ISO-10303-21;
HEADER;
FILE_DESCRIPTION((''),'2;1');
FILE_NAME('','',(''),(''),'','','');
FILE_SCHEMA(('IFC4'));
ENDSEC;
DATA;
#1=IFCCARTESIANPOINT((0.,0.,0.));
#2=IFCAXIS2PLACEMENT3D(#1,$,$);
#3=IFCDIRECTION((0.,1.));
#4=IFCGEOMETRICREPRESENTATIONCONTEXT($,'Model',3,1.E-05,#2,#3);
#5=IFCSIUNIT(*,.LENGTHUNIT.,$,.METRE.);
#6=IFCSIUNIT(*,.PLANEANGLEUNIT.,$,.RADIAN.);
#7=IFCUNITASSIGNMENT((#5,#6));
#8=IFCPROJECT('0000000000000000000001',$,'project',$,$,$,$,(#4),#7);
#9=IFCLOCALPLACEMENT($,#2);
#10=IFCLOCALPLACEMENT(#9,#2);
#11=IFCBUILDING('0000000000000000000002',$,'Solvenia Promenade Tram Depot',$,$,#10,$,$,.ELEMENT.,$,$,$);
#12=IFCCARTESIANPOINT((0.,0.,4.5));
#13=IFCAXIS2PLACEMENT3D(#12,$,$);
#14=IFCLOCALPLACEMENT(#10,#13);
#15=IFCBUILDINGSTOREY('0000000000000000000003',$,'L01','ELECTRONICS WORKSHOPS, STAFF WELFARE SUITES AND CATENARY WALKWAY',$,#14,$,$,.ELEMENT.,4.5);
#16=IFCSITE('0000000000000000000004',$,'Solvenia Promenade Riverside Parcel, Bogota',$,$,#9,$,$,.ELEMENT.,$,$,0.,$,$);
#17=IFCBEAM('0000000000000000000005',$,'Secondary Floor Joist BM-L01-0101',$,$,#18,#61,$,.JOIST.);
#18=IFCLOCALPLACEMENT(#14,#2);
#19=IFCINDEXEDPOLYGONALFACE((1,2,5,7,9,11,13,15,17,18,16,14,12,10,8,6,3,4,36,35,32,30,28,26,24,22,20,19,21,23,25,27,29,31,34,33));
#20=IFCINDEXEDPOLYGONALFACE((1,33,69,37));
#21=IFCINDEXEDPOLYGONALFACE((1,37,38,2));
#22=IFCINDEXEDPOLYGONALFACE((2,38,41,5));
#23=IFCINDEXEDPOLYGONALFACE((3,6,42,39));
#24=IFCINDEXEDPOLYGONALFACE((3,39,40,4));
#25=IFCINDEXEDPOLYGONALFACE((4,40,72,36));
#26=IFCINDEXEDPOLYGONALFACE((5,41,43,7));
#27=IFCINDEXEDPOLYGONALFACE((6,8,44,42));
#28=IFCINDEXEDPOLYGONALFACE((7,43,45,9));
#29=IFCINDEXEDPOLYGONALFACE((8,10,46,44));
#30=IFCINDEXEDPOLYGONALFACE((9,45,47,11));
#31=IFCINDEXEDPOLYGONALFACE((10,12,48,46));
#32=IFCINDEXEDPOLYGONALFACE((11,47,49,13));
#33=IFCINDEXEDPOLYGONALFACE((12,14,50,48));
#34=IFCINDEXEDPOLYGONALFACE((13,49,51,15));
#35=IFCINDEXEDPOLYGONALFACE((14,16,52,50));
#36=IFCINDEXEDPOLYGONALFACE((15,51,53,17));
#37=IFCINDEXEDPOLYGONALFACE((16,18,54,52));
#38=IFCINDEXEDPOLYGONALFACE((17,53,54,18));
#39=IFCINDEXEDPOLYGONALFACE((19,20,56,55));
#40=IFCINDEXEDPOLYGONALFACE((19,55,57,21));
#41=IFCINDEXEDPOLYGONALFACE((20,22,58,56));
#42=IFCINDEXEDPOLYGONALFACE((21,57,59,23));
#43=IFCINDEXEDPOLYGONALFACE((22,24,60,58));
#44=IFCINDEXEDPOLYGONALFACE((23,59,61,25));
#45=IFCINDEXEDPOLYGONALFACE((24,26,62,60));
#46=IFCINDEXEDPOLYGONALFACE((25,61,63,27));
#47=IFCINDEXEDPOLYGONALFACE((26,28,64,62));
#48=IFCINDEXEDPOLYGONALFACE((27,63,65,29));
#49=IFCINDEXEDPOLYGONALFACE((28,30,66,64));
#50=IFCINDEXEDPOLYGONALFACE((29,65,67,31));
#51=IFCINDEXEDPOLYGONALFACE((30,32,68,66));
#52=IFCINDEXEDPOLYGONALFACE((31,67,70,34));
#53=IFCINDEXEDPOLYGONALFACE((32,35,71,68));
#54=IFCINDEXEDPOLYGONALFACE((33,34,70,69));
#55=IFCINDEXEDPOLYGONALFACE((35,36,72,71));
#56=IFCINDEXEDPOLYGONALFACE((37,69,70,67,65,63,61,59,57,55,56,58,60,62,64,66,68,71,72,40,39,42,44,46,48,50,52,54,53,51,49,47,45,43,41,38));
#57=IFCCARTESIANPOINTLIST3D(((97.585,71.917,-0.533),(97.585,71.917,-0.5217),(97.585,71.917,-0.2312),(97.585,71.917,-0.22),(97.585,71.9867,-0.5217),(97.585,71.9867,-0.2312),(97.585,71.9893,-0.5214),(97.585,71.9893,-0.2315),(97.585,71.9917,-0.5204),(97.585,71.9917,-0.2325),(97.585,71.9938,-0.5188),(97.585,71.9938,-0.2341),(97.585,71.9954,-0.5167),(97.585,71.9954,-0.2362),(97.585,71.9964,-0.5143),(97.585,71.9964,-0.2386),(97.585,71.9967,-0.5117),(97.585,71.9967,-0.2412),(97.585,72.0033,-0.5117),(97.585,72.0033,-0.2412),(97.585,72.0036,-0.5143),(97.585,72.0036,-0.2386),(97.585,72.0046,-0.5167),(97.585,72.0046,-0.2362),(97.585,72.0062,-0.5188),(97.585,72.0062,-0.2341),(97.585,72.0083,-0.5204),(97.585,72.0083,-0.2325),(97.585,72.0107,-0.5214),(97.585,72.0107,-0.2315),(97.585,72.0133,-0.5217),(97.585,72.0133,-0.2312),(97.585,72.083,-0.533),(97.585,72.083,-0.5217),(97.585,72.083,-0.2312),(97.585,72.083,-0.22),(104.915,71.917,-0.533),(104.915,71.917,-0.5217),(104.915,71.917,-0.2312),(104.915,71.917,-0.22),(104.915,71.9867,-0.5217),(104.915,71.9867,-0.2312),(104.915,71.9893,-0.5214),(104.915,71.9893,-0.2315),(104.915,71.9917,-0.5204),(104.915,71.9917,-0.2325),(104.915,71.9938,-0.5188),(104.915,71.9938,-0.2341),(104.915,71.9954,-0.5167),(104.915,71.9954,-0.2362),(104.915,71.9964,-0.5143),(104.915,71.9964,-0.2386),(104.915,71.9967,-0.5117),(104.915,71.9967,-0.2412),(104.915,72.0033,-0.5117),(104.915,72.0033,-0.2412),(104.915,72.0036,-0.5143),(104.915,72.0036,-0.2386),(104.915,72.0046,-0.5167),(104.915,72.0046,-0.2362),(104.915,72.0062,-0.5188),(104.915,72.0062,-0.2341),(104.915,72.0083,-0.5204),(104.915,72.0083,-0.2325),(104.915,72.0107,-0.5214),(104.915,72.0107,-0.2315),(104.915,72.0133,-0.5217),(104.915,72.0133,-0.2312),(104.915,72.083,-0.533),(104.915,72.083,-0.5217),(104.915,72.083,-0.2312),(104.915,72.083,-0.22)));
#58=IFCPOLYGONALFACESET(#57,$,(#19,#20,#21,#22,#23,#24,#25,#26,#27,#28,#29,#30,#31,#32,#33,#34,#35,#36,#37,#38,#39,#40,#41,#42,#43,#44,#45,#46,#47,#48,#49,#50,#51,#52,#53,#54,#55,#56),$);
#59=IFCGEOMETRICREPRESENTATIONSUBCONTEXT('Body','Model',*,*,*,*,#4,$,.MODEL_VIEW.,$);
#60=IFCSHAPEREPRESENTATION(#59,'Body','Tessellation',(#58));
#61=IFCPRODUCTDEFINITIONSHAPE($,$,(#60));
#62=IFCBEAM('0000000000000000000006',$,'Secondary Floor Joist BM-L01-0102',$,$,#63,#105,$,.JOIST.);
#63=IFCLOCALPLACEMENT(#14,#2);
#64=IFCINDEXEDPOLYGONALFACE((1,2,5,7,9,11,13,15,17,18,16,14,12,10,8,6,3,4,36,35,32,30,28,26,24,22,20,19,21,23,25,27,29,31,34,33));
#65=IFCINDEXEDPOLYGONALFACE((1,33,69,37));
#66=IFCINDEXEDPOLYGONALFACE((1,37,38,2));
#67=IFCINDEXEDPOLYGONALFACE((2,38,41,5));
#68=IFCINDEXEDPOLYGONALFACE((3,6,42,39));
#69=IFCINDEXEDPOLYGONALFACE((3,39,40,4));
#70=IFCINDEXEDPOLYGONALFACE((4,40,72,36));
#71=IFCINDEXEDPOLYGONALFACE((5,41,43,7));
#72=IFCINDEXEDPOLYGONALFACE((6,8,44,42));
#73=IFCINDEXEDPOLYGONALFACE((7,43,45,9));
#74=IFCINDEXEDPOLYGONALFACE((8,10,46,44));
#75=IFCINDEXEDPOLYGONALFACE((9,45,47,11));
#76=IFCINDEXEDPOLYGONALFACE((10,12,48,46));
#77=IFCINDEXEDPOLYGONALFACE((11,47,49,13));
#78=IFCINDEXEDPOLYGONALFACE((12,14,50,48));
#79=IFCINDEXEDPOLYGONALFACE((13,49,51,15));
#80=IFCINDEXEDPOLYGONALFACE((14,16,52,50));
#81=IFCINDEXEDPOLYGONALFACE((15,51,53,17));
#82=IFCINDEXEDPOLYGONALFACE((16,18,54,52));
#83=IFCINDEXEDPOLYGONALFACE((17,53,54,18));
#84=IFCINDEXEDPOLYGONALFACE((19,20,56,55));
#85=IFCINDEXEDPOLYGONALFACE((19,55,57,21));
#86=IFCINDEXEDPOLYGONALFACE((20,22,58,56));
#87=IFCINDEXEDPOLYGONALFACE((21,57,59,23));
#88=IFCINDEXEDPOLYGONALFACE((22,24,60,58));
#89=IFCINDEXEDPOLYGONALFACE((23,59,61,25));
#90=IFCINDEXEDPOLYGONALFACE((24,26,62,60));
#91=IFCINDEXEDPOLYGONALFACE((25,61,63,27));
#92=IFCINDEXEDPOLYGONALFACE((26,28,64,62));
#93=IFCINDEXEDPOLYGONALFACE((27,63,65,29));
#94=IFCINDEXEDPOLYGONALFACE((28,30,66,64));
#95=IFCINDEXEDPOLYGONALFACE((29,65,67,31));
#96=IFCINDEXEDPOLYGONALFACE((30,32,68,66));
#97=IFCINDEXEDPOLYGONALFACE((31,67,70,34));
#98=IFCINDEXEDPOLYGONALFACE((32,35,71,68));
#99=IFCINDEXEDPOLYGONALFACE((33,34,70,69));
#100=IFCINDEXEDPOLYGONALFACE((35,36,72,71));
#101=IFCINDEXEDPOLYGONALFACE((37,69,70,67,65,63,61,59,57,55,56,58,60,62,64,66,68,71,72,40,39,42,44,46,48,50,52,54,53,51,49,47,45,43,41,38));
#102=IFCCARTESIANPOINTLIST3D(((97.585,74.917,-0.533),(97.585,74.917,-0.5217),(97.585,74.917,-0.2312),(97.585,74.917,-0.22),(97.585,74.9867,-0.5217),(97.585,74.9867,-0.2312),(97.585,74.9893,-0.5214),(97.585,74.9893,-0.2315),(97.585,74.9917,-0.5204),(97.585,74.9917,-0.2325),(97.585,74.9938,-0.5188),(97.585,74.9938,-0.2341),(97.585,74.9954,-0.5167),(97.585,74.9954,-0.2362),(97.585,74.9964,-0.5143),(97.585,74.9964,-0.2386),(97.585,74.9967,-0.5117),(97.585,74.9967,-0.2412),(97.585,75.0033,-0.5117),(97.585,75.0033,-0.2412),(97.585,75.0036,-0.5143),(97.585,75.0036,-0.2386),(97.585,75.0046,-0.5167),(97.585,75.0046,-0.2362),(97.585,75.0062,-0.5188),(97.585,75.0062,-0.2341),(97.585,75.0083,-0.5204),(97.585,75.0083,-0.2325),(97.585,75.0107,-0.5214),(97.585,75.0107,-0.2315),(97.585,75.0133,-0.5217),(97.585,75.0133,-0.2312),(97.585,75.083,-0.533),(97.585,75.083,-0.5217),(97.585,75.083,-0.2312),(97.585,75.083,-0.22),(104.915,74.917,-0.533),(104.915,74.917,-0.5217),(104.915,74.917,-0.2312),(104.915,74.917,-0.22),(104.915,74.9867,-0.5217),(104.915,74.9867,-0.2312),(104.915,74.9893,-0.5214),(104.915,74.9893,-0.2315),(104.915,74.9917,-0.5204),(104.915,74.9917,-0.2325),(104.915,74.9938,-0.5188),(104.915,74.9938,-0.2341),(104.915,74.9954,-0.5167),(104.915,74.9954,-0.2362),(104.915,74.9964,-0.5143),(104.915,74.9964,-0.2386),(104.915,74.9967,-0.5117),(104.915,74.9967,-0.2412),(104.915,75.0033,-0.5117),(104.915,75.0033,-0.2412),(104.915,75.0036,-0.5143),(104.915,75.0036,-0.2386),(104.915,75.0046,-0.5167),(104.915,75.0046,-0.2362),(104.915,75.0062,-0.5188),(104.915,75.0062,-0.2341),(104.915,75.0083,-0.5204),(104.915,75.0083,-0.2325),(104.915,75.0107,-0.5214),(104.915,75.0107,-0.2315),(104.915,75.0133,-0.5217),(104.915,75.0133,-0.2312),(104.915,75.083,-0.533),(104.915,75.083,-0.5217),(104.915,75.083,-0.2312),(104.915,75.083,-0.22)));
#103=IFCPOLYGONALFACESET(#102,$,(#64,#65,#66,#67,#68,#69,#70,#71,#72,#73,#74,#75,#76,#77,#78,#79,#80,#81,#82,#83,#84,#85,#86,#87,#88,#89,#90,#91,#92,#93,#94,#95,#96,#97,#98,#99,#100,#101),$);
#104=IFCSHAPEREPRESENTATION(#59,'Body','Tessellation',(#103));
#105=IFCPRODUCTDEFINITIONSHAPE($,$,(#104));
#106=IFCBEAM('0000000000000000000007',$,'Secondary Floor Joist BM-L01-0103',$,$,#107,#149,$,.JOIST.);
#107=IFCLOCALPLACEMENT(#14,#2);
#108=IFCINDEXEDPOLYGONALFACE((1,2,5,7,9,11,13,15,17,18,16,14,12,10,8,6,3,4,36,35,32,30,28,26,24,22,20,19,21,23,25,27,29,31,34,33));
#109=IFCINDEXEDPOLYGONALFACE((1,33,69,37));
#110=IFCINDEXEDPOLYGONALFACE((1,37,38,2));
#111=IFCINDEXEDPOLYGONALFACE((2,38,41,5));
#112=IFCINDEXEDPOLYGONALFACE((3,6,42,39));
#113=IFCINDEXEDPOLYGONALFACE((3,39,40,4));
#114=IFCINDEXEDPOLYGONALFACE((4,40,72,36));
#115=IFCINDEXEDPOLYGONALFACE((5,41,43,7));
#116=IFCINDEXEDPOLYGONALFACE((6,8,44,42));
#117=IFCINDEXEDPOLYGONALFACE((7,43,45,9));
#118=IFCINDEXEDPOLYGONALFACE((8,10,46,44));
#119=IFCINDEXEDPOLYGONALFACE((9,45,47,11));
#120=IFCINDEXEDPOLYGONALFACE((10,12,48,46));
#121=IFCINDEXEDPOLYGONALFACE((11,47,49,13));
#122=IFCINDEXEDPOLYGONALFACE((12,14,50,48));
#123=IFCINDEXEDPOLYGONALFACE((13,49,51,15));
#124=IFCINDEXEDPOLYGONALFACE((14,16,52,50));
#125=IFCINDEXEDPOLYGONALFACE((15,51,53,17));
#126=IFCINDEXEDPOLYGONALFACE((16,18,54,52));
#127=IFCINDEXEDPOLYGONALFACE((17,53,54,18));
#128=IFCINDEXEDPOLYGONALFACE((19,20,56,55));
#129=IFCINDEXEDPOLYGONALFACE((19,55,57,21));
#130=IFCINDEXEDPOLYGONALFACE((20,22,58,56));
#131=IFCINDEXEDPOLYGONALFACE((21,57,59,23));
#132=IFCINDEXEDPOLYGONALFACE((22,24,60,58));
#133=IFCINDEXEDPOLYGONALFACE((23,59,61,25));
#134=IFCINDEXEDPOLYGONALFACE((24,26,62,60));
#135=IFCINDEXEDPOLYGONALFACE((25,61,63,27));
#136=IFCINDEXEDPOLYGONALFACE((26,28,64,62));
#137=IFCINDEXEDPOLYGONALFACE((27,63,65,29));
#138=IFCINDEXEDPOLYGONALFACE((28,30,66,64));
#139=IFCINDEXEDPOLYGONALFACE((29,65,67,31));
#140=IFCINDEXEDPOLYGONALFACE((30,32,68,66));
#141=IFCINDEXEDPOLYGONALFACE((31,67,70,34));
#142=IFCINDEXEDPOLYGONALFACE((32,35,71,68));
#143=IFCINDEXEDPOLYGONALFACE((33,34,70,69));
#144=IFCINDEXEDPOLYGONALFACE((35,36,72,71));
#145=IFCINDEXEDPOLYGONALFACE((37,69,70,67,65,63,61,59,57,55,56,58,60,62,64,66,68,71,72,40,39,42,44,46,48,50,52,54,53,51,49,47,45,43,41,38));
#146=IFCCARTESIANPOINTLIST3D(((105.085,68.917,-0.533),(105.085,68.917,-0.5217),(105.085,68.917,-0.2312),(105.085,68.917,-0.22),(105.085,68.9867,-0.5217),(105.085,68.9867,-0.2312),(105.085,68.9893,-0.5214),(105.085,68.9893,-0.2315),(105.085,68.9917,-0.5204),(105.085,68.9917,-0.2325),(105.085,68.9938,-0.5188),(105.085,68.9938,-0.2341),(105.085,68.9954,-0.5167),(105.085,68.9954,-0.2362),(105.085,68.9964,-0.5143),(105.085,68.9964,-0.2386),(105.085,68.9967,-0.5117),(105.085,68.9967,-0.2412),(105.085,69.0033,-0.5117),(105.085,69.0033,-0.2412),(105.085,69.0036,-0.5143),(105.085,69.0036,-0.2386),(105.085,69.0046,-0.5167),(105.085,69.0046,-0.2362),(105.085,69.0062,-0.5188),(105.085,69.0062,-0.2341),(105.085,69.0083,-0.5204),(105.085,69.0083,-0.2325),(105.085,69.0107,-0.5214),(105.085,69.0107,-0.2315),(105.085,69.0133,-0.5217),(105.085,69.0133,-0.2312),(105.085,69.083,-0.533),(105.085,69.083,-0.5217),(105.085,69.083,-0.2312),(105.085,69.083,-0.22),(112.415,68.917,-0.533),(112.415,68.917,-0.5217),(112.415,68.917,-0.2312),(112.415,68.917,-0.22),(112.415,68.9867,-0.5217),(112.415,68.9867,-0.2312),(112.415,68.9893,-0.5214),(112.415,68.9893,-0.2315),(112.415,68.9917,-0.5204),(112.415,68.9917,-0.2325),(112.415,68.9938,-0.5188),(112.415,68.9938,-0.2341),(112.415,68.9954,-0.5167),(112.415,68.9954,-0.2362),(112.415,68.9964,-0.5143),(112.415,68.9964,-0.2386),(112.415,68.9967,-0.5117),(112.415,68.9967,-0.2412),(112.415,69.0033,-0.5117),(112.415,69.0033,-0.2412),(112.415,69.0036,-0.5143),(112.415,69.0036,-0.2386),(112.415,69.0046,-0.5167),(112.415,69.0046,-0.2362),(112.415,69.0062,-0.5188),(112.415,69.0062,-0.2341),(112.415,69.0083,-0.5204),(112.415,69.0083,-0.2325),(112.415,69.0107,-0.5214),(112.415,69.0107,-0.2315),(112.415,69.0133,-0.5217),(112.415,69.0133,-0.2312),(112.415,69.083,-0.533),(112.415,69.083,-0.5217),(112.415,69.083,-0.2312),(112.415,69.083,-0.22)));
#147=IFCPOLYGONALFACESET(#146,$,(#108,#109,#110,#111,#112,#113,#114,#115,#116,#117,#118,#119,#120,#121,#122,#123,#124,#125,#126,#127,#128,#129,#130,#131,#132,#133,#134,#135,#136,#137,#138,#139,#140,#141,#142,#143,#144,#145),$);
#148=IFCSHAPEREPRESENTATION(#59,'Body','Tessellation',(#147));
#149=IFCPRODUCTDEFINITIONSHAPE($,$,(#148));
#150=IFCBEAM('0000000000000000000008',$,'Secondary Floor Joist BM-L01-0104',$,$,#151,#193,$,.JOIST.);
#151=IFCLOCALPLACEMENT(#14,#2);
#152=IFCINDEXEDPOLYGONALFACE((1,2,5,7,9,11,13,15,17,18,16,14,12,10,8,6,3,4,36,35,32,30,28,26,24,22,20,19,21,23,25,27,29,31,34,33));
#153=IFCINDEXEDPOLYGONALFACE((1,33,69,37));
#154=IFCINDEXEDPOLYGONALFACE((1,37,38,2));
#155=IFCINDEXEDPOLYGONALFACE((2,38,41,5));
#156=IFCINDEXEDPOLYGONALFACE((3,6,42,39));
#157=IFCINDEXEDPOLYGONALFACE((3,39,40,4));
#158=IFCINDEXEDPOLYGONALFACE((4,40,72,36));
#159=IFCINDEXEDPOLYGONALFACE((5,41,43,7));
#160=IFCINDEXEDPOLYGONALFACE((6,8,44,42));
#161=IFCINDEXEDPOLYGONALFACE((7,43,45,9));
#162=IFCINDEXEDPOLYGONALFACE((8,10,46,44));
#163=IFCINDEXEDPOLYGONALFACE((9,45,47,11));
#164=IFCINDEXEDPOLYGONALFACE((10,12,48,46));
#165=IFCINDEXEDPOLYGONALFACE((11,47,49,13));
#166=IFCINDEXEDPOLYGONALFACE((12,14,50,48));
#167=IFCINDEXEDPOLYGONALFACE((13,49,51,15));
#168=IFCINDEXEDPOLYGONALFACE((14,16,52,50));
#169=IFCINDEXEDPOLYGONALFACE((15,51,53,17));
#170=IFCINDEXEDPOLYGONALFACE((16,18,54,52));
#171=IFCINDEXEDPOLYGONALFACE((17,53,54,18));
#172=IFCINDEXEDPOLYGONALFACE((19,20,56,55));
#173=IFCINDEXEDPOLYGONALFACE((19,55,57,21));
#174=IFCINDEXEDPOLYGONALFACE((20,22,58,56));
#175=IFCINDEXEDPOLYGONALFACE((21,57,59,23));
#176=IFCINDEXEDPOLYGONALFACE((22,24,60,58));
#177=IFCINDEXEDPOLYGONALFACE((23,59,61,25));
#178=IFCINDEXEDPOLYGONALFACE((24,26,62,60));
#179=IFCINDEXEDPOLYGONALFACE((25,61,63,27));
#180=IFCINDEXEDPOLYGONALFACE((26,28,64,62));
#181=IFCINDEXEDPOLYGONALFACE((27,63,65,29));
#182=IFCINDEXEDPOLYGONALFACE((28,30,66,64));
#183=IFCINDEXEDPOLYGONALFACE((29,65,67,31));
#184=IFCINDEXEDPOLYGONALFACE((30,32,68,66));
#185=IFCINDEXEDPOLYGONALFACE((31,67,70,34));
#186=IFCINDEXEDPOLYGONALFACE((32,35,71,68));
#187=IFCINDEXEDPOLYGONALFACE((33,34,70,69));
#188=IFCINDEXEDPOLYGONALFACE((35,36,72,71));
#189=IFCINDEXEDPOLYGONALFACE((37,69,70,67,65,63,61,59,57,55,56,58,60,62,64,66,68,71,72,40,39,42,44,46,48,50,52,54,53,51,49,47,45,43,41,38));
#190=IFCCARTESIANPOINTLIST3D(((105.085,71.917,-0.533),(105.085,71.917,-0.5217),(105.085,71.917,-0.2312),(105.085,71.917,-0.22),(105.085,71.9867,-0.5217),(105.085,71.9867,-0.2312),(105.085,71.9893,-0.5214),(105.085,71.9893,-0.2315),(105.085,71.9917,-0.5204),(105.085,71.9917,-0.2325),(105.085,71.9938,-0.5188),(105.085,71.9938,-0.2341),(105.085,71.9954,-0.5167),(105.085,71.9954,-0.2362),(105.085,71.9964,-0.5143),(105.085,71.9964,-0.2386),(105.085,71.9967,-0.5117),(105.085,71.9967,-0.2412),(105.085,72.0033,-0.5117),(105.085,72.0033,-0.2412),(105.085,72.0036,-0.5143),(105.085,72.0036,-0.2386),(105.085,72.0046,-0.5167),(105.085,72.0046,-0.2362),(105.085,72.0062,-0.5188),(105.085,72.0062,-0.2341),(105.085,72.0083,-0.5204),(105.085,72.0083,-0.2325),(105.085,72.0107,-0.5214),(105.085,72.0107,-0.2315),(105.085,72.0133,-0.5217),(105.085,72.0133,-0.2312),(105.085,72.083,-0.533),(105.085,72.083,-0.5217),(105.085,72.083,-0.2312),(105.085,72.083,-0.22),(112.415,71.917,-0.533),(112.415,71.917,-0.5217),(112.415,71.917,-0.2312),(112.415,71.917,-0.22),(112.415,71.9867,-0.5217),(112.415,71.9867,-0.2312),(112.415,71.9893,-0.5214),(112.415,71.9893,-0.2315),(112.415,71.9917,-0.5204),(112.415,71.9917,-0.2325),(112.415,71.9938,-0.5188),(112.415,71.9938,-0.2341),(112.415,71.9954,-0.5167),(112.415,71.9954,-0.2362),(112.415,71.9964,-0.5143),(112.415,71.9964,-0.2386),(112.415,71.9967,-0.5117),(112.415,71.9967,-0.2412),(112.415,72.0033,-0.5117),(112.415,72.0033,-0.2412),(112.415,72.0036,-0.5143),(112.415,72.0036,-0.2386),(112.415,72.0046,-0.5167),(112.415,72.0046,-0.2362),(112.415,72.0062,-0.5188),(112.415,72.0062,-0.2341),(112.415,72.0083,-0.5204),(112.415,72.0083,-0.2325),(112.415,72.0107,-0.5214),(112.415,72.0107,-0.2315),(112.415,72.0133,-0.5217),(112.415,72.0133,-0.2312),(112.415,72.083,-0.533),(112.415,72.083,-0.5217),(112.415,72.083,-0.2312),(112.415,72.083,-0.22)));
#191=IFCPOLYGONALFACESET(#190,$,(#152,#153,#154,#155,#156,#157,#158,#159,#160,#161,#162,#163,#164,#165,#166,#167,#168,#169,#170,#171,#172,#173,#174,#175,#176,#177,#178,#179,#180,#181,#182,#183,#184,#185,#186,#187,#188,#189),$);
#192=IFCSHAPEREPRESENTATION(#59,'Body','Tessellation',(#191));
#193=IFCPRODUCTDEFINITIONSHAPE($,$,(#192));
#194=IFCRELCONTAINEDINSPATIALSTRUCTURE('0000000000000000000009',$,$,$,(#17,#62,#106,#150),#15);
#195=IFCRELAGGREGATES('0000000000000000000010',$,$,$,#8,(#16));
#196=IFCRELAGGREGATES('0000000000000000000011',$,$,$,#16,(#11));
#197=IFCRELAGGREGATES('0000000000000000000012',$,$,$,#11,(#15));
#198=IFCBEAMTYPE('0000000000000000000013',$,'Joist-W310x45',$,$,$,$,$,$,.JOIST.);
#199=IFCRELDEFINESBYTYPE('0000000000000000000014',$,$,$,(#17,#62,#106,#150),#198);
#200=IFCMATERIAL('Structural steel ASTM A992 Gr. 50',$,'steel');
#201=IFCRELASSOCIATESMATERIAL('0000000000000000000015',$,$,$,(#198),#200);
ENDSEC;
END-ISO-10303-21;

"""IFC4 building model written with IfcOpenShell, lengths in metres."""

from ifc_helpers import new_model, si_unit, direction, frame, origin, origin_2d, place, context, subcontext, project, spatial, i_section, extrude, material, material_profile, profile_set, type_object, element, save


model = new_model("IFC4")

# Units and contexts
model_context = context("Model", 3, precision=1e-05, world=origin(), true_north=direction((0.0, 1.0)))
body_context = subcontext(model_context, "Body", "Model", "MODEL_VIEW")
ifc_project = project(units=[si_unit("LENGTHUNIT", "METRE"), si_unit("PLANEANGLEUNIT", "RADIAN")], contexts=[model_context])

# Site, building, storey
site_placement = place(None, origin())
site = spatial("IfcSite", under=ifc_project, at=site_placement, Name="Solvenia Promenade Riverside Parcel, Bogota", CompositionType="ELEMENT", RefElevation=0.0)
building_placement = place(site_placement, origin())
building = spatial("IfcBuilding", under=site, at=building_placement, Name="Solvenia Promenade Tram Depot", CompositionType="ELEMENT")
storey_placement = place(building_placement, frame((0.0, 0.0, 4.5)))
storey = spatial("IfcBuildingStorey", under=building, at=storey_placement, Name="L01", Description="ELECTRONICS WORKSHOPS, STAFF WELFARE SUITES AND CATENARY WALKWAY", CompositionType="ELEMENT", Elevation=4.5)

# Shared definitions
ifc_material_1 = material(Name="Structural steel ASTM A992 Gr. 50", Category="steel")

# Beams
ifc_material_profile_1 = material_profile(ifc_material_1, i_section(OverallWidth=0.166, OverallDepth=0.313, WebThickness=0.0066, FlangeThickness=0.0112, FilletRadius=0.01, at=origin_2d()), Name="W310x45", Category="steel")
ifc_profile_set_1 = profile_set([ifc_material_profile_1], Name="Structural steel ASTM A992 Gr. 50")
beam_type_1 = type_object("IfcBeamType", Name="Joist-W310x45", PredefinedType="JOIST", material=ifc_profile_set_1)
for number, where, z_axis, x_axis, name in (
    (1, (97.585, 72.0, -0.3765), (1.0, 0.0, 0.0), (0.0, 1.0, 0.0), "Secondary Floor Joist BM-L01-0101"),
    (2, (97.585, 75.0, -0.3765), (1.0, 0.0, 0.0), (0.0, 1.0, 0.0), "Secondary Floor Joist BM-L01-0102"),
    (3, (105.085, 69.0, -0.3765), (1.0, 0.0, 0.0), (0.0, 1.0, 0.0), "Secondary Floor Joist BM-L01-0103"),
    (4, (105.085, 72.0, -0.3765), (1.0, 0.0, 0.0), (0.0, 1.0, 0.0), "Secondary Floor Joist BM-L01-0104"),
):
    element("IfcBeam", number, at=place(storey_placement, frame(where, z_axis=z_axis, x_axis=x_axis)), inside=storey, type_object=beam_type_1, Name=name, PredefinedType="JOIST", context=body_context, shape_type="SweptSolid", body=[
        extrude(i_section(OverallWidth=0.166, OverallDepth=0.313, WebThickness=0.0066, FlangeThickness=0.0112, FilletRadius=0.01, at=origin_2d()), origin(), (0.0, 0.0, 1.0), 7.3301),
    ])

save(model, "model.ifc")
